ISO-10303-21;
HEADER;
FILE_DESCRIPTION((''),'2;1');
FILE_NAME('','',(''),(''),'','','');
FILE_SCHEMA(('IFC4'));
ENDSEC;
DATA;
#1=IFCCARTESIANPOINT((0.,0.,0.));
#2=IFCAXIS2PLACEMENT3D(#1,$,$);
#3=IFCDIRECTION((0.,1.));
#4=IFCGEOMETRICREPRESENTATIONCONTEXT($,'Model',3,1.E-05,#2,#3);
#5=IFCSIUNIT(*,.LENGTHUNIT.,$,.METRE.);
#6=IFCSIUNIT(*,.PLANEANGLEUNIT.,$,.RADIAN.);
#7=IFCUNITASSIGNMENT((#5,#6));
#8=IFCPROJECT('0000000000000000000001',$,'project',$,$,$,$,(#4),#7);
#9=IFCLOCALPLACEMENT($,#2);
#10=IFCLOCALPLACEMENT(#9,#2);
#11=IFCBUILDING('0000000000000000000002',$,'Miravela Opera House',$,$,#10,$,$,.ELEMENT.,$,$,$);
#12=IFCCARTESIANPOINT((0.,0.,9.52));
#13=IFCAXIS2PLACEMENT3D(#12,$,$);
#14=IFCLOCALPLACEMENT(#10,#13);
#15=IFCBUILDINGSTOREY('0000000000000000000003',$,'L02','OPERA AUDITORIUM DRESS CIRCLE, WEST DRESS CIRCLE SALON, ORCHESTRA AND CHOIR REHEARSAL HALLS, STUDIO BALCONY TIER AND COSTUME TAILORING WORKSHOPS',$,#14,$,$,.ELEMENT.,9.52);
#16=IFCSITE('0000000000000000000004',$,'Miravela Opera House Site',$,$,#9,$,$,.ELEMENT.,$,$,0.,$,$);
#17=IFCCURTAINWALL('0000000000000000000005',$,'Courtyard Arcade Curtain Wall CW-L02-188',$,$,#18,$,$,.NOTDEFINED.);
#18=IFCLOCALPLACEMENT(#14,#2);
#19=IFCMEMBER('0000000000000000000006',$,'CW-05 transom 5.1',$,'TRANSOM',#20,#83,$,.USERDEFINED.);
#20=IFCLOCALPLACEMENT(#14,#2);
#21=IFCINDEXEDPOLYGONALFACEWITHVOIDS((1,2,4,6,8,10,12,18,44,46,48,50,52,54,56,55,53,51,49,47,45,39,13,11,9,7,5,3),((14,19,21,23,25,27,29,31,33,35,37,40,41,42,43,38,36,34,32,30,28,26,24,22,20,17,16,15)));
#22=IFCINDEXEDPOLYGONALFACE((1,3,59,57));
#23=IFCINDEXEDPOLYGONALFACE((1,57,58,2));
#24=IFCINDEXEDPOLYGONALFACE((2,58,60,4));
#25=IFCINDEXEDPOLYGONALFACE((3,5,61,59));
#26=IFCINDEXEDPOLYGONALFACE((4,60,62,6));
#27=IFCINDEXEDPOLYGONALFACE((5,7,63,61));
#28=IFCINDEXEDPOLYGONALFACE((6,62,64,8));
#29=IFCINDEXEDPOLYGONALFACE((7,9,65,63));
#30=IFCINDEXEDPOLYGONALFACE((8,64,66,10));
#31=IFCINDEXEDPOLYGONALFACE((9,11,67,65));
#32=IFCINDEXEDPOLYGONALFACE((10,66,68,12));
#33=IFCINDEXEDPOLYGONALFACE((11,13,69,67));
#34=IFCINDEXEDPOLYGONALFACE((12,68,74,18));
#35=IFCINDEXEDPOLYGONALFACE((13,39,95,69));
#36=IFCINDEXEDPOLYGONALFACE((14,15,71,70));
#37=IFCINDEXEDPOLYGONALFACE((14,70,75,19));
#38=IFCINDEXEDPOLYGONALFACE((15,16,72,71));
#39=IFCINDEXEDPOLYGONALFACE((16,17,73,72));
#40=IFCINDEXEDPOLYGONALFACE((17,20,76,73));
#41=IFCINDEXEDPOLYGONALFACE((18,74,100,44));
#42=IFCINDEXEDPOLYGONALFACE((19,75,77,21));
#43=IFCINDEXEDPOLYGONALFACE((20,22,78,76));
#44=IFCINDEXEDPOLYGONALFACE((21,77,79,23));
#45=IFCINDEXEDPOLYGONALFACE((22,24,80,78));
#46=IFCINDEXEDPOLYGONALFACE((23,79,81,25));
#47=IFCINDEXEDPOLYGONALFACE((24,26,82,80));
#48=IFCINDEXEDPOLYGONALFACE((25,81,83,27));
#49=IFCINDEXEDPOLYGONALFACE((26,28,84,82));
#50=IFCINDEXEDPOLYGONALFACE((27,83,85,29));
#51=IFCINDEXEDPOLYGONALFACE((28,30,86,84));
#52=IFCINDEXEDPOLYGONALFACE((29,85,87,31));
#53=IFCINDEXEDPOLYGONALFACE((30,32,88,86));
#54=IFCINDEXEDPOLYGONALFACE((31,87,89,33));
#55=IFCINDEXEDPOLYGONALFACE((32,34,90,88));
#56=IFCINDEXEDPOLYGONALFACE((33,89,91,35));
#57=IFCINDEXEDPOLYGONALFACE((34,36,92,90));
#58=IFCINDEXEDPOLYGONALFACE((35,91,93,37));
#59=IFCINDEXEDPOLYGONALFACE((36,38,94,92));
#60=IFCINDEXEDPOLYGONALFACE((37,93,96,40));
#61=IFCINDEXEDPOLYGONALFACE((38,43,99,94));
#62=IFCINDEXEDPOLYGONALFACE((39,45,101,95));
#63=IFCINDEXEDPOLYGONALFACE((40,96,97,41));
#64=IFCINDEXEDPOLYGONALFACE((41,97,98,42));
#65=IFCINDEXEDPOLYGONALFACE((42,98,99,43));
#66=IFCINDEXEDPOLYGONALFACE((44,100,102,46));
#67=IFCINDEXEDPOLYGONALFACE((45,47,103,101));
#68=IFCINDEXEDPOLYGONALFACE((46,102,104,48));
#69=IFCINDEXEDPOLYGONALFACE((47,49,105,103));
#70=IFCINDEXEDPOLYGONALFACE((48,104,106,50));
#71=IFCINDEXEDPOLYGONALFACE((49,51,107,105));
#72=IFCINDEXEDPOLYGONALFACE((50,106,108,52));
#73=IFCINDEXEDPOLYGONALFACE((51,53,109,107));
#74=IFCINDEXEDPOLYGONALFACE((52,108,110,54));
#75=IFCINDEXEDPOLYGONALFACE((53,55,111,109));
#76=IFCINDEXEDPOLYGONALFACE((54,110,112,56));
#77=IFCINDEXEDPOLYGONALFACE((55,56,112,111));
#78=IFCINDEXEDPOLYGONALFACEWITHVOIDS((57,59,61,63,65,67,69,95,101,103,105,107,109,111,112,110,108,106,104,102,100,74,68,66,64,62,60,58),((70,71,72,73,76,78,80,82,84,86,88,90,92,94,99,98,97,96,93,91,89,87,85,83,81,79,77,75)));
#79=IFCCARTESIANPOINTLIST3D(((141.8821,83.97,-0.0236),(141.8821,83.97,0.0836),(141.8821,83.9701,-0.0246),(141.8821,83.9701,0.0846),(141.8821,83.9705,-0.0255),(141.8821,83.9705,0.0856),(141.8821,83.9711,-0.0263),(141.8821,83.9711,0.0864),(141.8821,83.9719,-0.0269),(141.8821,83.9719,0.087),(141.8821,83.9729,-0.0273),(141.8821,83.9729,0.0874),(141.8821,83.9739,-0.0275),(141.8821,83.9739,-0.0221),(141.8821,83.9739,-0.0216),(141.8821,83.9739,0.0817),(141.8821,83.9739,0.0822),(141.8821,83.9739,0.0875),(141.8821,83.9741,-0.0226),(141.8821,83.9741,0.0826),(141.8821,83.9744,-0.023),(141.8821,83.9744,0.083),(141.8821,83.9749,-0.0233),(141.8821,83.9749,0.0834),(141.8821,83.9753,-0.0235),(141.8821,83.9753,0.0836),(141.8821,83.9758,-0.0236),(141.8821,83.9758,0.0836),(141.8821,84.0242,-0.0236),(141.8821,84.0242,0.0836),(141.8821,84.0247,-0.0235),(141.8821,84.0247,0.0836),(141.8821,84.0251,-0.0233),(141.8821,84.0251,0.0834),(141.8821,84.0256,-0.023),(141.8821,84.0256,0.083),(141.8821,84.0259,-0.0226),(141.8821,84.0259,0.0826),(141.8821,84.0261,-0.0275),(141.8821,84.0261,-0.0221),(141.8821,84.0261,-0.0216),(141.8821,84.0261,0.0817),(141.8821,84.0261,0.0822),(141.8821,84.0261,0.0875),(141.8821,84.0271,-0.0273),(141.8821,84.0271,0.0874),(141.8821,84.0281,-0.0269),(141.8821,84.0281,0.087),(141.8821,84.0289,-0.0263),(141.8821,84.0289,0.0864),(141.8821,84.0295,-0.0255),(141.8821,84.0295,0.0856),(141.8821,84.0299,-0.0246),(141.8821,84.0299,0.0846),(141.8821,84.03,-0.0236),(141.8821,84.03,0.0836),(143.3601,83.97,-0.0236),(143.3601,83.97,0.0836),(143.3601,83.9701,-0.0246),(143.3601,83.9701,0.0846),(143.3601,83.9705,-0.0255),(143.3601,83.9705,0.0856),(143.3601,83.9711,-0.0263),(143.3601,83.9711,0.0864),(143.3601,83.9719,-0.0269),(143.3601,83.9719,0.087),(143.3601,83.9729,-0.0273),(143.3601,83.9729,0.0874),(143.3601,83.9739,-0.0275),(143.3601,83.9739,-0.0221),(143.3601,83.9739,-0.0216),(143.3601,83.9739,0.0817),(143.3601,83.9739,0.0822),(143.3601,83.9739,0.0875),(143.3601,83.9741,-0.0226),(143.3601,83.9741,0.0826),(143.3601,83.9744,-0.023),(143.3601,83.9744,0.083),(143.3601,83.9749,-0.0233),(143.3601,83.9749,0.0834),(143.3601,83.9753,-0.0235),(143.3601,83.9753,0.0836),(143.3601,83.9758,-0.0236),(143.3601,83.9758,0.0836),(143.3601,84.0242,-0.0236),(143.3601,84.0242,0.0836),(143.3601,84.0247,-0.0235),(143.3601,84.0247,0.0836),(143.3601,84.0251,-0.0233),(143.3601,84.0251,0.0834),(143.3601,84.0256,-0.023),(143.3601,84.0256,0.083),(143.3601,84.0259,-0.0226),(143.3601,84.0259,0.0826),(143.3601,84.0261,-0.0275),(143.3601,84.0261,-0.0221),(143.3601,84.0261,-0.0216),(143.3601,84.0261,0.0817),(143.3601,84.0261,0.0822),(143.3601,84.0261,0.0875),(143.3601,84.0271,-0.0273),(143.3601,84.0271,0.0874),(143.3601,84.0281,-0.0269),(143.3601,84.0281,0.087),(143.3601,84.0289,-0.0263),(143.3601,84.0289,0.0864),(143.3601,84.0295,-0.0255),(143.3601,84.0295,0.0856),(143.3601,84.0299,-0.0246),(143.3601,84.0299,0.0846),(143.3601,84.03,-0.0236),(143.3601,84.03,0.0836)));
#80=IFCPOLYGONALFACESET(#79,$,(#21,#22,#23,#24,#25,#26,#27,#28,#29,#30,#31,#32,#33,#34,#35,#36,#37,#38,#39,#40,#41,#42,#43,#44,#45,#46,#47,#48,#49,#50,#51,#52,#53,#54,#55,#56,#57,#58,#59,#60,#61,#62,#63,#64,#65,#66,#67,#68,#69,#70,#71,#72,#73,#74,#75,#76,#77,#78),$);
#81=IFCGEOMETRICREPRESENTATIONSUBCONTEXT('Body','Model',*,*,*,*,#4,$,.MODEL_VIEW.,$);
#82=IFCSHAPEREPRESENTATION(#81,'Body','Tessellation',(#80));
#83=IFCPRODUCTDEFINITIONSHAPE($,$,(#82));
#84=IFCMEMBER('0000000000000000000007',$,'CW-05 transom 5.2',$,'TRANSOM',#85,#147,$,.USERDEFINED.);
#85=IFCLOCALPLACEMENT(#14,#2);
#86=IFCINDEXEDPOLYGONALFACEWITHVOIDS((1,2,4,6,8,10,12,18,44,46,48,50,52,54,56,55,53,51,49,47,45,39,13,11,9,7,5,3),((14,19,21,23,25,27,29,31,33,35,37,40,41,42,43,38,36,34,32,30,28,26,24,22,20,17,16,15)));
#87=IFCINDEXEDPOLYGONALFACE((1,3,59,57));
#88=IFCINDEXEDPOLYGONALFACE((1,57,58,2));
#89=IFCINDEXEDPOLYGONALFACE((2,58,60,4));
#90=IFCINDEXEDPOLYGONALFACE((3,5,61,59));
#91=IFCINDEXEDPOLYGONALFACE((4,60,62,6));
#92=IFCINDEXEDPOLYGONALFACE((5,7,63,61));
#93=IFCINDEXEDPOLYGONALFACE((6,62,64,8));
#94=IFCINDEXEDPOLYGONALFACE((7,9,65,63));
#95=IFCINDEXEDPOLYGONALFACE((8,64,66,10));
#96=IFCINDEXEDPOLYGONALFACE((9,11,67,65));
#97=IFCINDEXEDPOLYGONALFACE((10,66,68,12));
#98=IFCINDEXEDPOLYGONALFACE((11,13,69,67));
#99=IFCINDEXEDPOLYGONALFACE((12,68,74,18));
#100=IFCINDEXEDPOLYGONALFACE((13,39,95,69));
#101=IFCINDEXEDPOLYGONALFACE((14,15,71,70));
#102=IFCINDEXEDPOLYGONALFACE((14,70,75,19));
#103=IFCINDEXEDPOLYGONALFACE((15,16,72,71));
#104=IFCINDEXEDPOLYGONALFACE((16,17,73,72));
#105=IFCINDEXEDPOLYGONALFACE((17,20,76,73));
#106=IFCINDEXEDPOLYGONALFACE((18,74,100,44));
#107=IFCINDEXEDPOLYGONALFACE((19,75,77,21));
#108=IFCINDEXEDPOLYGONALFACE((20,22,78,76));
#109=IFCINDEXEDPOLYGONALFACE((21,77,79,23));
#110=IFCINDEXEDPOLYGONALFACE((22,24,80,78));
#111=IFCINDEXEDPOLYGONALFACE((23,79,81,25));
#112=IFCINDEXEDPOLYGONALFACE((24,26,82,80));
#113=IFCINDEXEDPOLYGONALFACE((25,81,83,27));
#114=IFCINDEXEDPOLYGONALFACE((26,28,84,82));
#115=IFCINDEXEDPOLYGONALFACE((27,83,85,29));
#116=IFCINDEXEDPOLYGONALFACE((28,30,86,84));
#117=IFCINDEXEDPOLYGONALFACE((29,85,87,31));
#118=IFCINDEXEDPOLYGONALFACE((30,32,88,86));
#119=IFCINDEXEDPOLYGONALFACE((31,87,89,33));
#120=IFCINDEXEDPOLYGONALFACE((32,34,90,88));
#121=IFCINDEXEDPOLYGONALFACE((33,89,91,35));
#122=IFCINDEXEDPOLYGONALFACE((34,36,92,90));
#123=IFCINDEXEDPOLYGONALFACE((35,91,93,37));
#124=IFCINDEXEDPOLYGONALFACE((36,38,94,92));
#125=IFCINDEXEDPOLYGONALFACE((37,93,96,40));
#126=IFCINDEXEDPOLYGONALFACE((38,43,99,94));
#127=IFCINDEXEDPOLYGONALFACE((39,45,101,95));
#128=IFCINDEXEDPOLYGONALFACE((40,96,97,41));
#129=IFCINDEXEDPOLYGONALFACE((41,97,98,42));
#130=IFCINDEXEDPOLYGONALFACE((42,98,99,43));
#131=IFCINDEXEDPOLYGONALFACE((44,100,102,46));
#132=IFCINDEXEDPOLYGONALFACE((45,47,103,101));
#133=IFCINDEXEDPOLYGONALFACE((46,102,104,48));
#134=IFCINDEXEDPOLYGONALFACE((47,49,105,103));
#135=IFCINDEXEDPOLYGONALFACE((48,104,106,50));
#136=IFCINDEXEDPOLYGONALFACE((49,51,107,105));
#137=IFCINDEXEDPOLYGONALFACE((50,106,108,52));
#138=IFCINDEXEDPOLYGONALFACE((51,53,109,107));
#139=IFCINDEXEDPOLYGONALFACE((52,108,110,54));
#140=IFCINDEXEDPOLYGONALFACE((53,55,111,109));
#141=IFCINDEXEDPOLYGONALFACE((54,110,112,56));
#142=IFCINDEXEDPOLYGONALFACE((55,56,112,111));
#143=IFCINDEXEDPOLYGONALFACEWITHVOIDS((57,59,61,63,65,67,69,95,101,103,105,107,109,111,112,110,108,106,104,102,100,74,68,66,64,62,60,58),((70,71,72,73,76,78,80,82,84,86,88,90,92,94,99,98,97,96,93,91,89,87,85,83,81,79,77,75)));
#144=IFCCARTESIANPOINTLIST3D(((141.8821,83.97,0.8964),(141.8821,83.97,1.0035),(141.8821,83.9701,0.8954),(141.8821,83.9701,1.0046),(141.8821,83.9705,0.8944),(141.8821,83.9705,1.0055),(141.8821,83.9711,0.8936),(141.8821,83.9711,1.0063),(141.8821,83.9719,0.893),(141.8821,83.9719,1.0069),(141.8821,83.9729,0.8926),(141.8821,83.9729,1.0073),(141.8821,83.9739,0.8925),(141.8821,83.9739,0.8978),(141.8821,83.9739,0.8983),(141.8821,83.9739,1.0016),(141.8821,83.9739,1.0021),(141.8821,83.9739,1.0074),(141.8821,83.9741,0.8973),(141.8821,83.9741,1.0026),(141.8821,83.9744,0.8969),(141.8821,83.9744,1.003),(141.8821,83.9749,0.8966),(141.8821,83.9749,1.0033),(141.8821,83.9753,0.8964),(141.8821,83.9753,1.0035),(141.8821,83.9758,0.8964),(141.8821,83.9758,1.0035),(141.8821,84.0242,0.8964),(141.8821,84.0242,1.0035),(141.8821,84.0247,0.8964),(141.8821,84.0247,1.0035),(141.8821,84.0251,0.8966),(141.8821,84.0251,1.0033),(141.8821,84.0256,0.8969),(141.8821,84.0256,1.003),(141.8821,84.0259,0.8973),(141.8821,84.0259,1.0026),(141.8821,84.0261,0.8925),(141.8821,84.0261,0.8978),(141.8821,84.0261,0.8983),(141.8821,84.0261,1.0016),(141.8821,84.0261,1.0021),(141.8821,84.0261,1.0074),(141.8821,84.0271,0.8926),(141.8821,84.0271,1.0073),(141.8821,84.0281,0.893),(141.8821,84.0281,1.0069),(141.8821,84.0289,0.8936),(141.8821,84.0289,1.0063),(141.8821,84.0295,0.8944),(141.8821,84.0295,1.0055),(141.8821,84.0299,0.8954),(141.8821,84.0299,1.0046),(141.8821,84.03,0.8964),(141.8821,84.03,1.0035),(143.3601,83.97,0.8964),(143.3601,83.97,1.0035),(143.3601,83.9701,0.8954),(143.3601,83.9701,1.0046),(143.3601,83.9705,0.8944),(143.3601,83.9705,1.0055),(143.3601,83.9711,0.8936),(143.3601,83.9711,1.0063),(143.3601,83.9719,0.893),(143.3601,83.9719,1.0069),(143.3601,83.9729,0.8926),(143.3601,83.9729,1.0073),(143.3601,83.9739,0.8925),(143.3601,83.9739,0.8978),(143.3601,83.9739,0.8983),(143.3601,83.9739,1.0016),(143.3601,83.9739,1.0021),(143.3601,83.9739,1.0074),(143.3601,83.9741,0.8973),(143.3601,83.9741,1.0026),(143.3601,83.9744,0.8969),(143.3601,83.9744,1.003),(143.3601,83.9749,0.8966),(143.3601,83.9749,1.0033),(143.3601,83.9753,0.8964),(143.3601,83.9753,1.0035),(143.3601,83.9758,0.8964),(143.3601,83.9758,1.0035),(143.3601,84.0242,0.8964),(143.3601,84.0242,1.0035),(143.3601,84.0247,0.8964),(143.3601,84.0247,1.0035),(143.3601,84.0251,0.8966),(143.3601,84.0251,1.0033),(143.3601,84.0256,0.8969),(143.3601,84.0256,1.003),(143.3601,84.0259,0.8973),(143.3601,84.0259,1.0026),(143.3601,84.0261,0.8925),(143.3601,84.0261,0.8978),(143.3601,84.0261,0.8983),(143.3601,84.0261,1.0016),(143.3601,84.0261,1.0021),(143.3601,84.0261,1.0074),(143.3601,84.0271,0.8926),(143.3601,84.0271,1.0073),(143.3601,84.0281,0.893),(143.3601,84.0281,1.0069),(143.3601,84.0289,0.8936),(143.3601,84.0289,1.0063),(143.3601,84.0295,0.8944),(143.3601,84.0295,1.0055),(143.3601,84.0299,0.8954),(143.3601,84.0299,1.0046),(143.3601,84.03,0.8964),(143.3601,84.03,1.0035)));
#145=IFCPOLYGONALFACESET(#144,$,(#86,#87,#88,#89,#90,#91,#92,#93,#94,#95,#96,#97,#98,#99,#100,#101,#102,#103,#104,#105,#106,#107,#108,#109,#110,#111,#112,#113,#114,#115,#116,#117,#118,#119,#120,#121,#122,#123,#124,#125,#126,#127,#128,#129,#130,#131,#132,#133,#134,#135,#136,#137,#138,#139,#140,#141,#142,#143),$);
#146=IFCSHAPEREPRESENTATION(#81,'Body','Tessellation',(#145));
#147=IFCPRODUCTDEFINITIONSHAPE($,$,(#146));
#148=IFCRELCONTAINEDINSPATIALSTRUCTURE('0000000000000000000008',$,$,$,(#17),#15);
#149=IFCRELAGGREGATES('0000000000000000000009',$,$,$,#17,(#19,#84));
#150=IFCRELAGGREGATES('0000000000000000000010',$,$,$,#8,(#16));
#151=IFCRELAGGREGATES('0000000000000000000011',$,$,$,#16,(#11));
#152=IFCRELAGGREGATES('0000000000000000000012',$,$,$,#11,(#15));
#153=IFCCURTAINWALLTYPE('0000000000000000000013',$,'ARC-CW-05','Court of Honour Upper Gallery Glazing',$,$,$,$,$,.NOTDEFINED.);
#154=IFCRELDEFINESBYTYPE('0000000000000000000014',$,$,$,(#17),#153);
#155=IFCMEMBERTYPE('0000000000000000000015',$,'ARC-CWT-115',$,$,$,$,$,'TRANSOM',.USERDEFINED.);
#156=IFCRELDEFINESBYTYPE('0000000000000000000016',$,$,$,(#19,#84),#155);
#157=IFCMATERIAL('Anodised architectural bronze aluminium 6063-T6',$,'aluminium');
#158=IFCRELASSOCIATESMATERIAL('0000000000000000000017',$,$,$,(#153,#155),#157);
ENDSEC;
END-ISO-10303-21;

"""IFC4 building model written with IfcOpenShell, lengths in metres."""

from ifc_helpers import new_model, si_unit, direction, frame, origin, origin_2d, place, context, subcontext, project, spatial, hollow_rectangle, extrude, material, material_profile, profile_set, type_object, element, aggregate, save


model = new_model("IFC4")

# Units and contexts
model_context = context("Model", 3, precision=1e-05, world=origin(), true_north=direction((0.0, 1.0)))
body_context = subcontext(model_context, "Body", "Model", "MODEL_VIEW")
ifc_project = project(units=[si_unit("LENGTHUNIT", "METRE"), si_unit("PLANEANGLEUNIT", "RADIAN")], contexts=[model_context])

# Site, building, storey
site_placement = place(None, origin())
site = spatial("IfcSite", under=ifc_project, at=site_placement, Name="Miravela Opera House Site", CompositionType="ELEMENT", RefElevation=0.0)
building_placement = place(site_placement, origin())
building = spatial("IfcBuilding", under=site, at=building_placement, Name="Miravela Opera House", CompositionType="ELEMENT")
storey_placement = place(building_placement, frame((0.0, 0.0, 9.52)))
storey = spatial("IfcBuildingStorey", under=building, at=storey_placement, Name="L02", Description="OPERA AUDITORIUM DRESS CIRCLE, WEST DRESS CIRCLE SALON, ORCHESTRA AND CHOIR REHEARSAL HALLS, STUDIO BALCONY TIER AND COSTUME TAILORING WORKSHOPS", CompositionType="ELEMENT", Elevation=9.52)

# Curtain wall
ifc_material_1 = material(Name="Anodised architectural bronze aluminium 6063-T6", Category="aluminium")
curtain_wall_type = type_object("IfcCurtainWallType", Name="ARC-CW-05", Description="Court of Honour Upper Gallery Glazing", PredefinedType="NOTDEFINED", material=ifc_material_1)
curtain_wall_1_placement = place(storey_placement, origin())
curtain_wall_1 = element("IfcCurtainWall", 1, at=curtain_wall_1_placement, inside=storey, type_object=curtain_wall_type, Name="Courtyard Arcade Curtain Wall CW-L02-188", PredefinedType="NOTDEFINED")

# Members
ifc_material_profile_1 = material_profile(ifc_material_1, hollow_rectangle(XDim=0.0601, YDim=0.115, WallThickness=0.0039, InnerFilletRadius=0.002, OuterFilletRadius=0.0039, at=origin_2d()), Name="CWT-60X115")
ifc_profile_set_1 = profile_set([ifc_material_profile_1])
member_type_1 = type_object("IfcMemberType", Name="ARC-CWT-115", ElementType="TRANSOM", PredefinedType="USERDEFINED", material=ifc_profile_set_1)
member_1_placement = place(storey_placement, frame((141.8821, 84.0, 0.03), z_axis=(1.0, 0.0, 0.0), x_axis=(0.0, 1.0, 0.0)))
member_1 = element("IfcMember", 2, at=member_1_placement, type_object=member_type_1, Name="CW-05 transom 5.1", ObjectType="TRANSOM", PredefinedType="USERDEFINED", context=body_context, shape_type="SweptSolid", body=[
    extrude(hollow_rectangle(XDim=0.0601, YDim=0.115, WallThickness=0.0039, InnerFilletRadius=0.002, OuterFilletRadius=0.0039, at=origin_2d()), origin(), (0.0, 0.0, 1.0), 1.478),
])
member_2_placement = place(storey_placement, frame((141.8821, 84.0, 0.95), z_axis=(1.0, 0.0, 0.0), x_axis=(0.0, 1.0, 0.0)))
member_2 = element("IfcMember", 3, at=member_2_placement, type_object=member_type_1, Name="CW-05 transom 5.2", ObjectType="TRANSOM", PredefinedType="USERDEFINED", context=body_context, shape_type="SweptSolid", body=[
    extrude(hollow_rectangle(XDim=0.0601, YDim=0.115, WallThickness=0.0039, InnerFilletRadius=0.002, OuterFilletRadius=0.0039, at=origin_2d()), origin(), (0.0, 0.0, 1.0), 1.478),
])
aggregate(curtain_wall_1, [member_1, member_2])

save(model, "model.ifc")
